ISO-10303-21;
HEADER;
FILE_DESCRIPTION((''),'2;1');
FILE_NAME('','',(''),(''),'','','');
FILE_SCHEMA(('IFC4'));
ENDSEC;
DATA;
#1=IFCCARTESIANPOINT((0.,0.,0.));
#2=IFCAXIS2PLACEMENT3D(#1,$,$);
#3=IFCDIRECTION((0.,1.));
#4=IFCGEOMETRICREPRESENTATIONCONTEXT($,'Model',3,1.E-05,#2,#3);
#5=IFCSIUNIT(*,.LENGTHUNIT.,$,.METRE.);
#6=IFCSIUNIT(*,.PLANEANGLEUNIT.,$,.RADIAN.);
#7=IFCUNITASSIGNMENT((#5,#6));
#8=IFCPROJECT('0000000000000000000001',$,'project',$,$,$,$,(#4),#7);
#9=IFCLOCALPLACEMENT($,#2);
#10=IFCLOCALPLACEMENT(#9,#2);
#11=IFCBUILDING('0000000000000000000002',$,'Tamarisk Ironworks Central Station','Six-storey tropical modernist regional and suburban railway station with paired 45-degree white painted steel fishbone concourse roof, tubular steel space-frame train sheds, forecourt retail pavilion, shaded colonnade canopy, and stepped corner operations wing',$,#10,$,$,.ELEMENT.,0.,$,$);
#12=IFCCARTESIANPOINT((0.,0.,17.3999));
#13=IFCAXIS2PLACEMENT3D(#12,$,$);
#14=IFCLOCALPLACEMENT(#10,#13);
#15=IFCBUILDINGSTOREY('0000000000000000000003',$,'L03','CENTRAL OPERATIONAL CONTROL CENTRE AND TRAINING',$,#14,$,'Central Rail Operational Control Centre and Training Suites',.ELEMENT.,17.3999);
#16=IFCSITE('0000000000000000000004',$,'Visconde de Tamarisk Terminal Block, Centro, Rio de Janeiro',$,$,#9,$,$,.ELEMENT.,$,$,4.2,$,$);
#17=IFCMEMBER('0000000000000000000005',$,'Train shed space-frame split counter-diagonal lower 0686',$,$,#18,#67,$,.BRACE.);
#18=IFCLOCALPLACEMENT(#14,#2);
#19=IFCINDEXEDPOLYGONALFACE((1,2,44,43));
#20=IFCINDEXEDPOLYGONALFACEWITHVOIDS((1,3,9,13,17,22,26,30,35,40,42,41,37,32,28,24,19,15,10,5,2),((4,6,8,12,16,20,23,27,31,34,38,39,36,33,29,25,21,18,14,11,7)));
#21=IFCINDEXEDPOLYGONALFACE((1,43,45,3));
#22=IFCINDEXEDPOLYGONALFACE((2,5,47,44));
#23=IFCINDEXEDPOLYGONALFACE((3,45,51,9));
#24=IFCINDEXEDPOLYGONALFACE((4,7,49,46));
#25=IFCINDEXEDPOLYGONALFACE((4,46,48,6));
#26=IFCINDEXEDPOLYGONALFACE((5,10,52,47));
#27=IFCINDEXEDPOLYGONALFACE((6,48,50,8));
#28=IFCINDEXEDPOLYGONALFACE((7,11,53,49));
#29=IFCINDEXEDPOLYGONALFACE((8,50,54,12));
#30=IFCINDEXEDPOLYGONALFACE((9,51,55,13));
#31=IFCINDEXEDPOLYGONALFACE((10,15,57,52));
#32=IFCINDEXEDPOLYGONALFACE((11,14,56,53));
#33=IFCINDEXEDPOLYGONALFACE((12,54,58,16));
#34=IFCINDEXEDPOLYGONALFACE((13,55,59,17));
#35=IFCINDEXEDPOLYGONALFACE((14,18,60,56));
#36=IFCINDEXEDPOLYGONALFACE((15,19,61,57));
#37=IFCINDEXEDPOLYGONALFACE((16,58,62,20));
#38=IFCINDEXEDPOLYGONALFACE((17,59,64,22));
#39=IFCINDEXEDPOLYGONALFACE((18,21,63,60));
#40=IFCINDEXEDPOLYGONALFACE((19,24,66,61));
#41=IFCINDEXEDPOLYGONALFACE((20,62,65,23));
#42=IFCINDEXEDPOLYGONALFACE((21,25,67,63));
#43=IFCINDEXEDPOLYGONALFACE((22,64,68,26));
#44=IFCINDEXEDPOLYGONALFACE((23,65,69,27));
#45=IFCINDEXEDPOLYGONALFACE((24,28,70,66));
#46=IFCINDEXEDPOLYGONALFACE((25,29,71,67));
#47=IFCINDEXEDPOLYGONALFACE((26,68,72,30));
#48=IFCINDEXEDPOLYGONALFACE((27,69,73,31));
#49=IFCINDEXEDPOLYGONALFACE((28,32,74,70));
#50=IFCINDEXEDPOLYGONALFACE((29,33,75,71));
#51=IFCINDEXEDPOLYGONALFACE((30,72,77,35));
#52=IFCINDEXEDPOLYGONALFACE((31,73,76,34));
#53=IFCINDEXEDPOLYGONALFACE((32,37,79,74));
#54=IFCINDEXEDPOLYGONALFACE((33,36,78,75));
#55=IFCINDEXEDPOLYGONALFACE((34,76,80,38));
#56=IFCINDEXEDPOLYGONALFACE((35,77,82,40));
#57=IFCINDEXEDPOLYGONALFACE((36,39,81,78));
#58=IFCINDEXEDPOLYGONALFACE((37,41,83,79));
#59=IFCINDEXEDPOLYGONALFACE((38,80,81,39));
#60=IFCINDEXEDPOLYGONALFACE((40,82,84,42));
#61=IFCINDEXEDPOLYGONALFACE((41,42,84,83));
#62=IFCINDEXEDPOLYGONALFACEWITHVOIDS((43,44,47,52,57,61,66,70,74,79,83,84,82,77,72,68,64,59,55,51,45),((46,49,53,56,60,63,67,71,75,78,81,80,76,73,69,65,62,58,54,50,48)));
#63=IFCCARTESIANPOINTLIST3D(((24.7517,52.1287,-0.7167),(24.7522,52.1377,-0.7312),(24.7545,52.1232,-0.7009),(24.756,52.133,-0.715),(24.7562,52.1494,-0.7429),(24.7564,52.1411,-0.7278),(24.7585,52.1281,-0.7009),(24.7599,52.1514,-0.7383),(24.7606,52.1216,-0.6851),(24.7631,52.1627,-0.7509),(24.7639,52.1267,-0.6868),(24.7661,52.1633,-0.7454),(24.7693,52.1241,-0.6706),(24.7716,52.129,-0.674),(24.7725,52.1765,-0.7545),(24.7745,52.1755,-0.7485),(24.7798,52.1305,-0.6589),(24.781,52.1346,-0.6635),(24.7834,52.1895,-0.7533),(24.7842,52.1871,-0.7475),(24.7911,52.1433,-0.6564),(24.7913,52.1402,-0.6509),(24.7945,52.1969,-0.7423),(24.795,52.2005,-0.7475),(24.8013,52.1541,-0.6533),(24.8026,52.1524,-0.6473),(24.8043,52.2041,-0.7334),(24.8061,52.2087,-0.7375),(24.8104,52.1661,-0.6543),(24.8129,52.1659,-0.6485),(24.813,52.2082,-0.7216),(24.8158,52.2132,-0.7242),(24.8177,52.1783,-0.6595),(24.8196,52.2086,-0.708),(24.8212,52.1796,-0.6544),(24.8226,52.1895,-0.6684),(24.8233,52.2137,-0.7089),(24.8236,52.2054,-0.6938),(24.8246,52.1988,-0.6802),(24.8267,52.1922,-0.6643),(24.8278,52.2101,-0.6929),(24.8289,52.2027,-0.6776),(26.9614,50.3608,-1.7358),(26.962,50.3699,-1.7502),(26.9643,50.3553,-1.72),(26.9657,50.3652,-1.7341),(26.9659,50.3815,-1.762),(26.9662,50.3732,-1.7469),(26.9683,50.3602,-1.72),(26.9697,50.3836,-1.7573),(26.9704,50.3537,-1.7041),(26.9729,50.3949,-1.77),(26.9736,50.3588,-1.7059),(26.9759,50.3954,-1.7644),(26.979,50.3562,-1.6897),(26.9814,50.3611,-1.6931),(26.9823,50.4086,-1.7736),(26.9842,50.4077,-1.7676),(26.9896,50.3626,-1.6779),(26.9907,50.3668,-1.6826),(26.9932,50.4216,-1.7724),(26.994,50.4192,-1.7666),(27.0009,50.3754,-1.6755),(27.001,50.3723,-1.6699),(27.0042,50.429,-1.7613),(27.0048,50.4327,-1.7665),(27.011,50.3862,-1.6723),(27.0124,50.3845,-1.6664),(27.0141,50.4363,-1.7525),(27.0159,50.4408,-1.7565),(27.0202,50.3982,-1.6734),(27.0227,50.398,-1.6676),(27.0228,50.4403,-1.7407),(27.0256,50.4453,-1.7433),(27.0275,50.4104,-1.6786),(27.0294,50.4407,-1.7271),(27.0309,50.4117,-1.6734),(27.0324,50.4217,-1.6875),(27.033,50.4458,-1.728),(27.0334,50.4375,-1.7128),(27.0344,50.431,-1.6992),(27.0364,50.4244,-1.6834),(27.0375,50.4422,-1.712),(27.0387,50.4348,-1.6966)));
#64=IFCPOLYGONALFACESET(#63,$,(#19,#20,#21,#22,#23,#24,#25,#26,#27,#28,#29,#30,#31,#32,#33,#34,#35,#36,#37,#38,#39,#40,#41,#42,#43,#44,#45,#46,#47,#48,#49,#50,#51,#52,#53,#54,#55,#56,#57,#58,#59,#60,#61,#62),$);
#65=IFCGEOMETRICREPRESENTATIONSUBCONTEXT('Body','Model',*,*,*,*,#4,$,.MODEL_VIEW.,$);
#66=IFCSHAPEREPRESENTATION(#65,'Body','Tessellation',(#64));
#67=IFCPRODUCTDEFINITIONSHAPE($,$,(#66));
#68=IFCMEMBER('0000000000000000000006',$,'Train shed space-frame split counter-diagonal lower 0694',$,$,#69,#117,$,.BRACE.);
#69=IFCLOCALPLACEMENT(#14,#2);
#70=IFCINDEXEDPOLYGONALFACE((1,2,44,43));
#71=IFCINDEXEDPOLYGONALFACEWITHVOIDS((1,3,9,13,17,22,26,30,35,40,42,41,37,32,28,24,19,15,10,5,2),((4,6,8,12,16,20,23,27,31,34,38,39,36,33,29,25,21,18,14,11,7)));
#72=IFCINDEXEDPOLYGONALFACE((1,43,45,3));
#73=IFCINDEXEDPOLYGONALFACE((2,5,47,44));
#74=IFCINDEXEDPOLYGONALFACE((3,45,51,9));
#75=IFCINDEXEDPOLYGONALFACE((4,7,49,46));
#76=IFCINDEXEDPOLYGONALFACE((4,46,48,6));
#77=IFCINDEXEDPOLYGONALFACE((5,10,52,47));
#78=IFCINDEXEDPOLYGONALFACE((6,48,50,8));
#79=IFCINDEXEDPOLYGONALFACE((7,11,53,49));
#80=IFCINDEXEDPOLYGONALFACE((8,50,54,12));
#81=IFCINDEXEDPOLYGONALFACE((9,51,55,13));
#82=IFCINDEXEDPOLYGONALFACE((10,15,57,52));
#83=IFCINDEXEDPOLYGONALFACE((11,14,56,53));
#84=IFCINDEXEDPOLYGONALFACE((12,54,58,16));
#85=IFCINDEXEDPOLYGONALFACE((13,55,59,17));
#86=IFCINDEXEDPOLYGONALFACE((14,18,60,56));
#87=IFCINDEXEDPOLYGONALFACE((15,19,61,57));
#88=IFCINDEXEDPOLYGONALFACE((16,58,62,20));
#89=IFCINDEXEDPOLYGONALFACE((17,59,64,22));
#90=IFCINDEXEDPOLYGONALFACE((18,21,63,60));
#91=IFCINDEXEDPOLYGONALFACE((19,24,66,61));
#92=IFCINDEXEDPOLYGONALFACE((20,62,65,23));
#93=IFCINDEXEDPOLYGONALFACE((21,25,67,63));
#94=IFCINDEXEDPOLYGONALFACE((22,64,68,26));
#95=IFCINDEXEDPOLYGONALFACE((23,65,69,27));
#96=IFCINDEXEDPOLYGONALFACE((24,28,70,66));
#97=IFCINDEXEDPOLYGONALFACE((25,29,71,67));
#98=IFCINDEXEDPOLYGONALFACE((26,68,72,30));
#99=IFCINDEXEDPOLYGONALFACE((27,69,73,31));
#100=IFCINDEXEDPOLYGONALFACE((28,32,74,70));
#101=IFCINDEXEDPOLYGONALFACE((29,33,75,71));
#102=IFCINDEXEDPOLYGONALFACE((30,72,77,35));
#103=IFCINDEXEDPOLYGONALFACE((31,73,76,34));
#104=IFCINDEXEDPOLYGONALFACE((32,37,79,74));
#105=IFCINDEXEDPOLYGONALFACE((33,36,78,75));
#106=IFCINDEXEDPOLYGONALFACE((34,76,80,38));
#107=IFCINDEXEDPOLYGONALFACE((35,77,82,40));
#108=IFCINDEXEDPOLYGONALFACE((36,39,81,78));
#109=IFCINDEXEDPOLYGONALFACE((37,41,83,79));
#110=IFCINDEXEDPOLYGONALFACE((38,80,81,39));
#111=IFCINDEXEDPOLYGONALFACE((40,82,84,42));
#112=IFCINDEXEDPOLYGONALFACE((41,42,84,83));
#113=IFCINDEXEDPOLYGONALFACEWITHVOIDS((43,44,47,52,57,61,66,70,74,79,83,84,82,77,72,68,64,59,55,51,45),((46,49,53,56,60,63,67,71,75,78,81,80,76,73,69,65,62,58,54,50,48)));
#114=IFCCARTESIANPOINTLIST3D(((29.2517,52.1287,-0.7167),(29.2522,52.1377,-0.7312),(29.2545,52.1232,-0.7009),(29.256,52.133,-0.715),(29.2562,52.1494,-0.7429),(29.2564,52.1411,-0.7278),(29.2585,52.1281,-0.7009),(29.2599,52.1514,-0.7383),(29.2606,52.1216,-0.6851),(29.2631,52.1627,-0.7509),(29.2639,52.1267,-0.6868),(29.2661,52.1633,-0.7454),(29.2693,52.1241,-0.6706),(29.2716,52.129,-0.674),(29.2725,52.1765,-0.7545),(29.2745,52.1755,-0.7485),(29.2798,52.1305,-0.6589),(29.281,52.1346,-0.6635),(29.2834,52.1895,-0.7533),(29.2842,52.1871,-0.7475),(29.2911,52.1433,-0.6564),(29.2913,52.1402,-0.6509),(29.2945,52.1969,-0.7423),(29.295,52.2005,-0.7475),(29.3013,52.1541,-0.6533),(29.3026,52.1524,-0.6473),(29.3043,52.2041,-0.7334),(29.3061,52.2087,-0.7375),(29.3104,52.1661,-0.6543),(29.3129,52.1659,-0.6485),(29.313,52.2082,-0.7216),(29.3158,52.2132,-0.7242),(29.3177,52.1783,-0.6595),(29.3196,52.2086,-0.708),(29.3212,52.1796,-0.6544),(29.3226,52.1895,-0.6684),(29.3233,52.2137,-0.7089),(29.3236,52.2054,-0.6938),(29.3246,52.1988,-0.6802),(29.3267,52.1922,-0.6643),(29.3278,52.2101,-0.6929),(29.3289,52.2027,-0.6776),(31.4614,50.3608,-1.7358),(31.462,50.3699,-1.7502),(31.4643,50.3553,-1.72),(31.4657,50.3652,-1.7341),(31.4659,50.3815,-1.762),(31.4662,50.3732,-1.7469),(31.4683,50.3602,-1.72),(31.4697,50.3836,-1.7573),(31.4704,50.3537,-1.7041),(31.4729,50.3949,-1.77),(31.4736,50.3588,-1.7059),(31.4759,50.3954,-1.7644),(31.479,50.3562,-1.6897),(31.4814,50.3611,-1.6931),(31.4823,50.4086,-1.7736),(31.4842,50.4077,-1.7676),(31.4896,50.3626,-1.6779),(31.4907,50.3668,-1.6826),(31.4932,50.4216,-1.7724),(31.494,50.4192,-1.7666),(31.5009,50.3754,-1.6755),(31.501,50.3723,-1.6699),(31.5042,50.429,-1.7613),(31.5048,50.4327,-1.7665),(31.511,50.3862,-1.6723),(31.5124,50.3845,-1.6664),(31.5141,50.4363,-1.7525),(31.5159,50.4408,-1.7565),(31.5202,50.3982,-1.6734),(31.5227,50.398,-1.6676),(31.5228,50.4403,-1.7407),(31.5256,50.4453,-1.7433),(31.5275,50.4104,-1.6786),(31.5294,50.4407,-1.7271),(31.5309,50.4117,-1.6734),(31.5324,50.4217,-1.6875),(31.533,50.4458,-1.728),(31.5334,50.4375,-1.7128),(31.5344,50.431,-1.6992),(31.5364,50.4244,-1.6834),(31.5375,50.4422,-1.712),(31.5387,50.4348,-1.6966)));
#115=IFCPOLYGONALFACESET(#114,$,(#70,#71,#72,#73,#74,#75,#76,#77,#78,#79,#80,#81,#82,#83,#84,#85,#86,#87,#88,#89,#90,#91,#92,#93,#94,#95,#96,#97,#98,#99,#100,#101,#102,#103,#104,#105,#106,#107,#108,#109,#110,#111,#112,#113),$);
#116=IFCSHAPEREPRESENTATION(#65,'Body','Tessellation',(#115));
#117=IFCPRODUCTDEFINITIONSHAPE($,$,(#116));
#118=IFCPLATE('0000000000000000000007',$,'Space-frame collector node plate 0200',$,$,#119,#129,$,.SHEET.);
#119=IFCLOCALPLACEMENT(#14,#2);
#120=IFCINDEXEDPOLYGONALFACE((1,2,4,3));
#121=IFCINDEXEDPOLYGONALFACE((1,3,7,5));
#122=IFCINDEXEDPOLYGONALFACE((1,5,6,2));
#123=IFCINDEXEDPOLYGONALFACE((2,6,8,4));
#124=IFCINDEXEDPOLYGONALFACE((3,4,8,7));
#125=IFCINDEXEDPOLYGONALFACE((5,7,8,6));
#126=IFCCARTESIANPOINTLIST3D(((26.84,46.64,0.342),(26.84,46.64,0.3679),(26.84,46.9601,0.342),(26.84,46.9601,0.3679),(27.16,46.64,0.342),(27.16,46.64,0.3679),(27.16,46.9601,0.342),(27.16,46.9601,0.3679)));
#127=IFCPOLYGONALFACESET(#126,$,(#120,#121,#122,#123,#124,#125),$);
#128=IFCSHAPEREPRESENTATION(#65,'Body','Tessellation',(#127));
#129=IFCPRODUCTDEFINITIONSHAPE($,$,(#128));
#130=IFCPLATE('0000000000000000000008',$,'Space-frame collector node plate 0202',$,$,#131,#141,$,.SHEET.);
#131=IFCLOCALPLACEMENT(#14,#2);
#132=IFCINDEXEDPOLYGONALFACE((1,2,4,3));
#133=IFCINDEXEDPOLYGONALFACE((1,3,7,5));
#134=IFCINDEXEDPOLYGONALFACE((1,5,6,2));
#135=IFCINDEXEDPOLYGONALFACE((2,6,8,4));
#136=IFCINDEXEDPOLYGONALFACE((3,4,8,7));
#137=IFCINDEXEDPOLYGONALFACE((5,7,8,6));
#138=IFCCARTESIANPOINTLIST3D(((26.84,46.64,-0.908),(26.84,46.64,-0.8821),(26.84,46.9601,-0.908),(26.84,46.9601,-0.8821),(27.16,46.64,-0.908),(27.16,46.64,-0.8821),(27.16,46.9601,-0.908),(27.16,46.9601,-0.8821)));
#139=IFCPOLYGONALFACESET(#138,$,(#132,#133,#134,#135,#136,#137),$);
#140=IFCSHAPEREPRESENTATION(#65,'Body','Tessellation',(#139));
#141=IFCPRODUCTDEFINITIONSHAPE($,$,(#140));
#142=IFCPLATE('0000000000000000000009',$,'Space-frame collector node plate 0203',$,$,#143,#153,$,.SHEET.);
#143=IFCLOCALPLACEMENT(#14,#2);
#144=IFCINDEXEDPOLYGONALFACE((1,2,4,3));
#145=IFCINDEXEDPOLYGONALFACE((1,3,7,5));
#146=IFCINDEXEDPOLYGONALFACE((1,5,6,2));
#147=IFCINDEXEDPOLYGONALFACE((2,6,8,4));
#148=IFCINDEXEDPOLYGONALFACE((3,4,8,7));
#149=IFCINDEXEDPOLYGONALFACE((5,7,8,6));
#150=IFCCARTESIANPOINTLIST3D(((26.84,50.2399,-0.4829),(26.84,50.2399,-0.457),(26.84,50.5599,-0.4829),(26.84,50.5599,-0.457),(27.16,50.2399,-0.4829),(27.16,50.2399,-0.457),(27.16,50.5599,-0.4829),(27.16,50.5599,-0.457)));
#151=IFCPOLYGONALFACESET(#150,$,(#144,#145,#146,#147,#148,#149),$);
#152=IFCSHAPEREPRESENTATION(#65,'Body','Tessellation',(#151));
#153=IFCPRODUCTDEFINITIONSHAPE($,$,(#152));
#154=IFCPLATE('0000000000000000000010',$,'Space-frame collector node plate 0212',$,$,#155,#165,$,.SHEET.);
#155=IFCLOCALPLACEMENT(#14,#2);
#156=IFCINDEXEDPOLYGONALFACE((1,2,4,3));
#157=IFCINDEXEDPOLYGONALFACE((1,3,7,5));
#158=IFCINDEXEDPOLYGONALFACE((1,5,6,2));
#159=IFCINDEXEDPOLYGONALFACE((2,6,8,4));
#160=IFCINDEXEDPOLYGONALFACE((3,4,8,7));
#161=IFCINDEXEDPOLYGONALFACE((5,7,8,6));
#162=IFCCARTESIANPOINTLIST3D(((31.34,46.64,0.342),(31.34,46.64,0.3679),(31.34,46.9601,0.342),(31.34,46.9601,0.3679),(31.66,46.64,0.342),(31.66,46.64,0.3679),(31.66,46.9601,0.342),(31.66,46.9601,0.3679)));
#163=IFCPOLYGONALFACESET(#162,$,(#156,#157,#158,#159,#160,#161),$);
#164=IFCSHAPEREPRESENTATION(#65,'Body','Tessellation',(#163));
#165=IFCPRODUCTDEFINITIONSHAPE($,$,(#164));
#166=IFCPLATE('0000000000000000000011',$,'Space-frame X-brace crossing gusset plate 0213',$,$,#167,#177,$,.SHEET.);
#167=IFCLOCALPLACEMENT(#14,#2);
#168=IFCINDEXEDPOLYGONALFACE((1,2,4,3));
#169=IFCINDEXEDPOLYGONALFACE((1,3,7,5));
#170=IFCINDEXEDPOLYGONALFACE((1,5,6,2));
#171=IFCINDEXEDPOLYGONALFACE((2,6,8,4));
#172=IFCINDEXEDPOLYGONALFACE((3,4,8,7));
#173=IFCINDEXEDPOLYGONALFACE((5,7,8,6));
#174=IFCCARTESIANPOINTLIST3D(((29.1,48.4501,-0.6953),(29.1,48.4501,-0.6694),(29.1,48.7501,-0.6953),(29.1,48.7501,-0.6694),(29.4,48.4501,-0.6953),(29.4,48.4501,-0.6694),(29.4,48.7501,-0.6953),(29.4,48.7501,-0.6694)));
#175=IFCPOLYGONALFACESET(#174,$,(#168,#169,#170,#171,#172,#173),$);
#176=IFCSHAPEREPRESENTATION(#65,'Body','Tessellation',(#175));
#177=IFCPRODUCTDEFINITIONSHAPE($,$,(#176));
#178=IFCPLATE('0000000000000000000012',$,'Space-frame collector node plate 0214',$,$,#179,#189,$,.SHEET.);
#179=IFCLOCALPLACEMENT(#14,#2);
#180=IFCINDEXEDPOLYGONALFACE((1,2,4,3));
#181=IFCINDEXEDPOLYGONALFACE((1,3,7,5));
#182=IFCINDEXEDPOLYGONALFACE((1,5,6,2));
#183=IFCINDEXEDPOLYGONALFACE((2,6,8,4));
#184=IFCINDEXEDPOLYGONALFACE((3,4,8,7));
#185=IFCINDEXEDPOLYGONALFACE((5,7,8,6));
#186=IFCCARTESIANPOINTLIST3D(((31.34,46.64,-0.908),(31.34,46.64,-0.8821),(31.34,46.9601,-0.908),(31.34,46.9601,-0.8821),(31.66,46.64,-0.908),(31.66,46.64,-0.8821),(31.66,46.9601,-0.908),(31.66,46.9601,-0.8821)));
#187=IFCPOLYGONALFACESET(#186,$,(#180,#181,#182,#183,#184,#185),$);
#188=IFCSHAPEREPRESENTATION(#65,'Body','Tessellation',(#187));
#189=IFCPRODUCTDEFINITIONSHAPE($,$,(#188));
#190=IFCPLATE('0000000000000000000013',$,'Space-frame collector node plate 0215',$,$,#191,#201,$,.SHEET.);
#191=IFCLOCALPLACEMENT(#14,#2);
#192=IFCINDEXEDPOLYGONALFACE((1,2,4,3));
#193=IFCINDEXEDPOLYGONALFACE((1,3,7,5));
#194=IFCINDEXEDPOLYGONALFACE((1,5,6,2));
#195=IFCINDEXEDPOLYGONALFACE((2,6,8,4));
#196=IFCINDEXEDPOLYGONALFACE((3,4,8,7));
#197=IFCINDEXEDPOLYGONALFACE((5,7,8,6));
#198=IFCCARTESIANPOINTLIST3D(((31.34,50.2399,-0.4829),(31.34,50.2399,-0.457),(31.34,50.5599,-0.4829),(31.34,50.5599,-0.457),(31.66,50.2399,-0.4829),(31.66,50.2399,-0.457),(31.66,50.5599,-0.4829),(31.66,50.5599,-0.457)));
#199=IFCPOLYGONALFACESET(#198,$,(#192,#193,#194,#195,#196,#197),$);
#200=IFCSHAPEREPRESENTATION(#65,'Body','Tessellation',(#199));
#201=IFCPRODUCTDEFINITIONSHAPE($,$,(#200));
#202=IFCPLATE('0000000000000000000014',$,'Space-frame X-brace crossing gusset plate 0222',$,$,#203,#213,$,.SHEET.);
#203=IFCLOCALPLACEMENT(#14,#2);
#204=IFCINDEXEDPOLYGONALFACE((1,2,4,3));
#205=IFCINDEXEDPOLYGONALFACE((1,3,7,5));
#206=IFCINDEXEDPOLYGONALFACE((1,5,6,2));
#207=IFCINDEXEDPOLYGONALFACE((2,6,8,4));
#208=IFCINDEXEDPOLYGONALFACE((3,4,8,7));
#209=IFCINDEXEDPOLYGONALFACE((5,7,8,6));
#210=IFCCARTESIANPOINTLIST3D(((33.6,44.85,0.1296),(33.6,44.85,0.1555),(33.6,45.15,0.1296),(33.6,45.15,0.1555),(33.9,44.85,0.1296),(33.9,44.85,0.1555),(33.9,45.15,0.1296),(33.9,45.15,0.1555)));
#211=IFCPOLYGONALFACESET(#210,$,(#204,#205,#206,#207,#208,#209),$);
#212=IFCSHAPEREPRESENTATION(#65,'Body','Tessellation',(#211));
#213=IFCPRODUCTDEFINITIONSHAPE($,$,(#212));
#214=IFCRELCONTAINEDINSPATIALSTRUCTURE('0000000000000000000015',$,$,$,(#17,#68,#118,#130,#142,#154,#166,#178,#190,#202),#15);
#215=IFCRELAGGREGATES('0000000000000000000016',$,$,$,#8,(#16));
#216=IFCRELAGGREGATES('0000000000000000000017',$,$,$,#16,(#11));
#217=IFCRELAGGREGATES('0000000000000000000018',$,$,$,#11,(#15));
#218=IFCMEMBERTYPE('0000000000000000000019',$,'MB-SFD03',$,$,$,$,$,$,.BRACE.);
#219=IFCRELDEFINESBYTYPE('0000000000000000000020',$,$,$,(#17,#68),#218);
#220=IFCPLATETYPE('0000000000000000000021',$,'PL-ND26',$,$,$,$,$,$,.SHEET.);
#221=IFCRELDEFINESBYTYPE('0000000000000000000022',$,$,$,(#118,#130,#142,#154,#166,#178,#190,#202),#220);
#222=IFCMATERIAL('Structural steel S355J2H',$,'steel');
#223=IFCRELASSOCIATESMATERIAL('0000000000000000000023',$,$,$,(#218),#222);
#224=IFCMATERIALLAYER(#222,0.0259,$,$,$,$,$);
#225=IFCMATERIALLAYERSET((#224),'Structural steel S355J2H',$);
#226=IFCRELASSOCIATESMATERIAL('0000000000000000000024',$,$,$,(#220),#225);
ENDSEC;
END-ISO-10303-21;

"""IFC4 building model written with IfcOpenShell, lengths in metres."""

from ifc_helpers import new_model, si_unit, direction, frame, origin, origin_2d, place, context, subcontext, project, spatial, rectangle, hollow_circle, extrude, material, layer, layer_set, material_profile, profile_set, type_object, element, save


model = new_model("IFC4")

# Units and contexts
model_context = context("Model", 3, precision=1e-05, world=origin(), true_north=direction((0.0, 1.0)))
body_context = subcontext(model_context, "Body", "Model", "MODEL_VIEW")
ifc_project = project(units=[si_unit("LENGTHUNIT", "METRE"), si_unit("PLANEANGLEUNIT", "RADIAN")], contexts=[model_context])

# Site, building, storey
site_placement = place(None, origin())
site = spatial("IfcSite", under=ifc_project, at=site_placement, Name="Visconde de Tamarisk Terminal Block, Centro, Rio de Janeiro", CompositionType="ELEMENT", RefElevation=4.2)
building_placement = place(site_placement, origin())
building = spatial("IfcBuilding", under=site, at=building_placement, Name="Tamarisk Ironworks Central Station", Description="Six-storey tropical modernist regional and suburban railway station with paired 45-degree white painted steel fishbone concourse roof, tubular steel space-frame train sheds, forecourt retail pavilion, shaded colonnade canopy, and stepped corner operations wing", CompositionType="ELEMENT", ElevationOfRefHeight=0.0)
storey_placement = place(building_placement, frame((0.0, 0.0, 17.3999)))
storey = spatial("IfcBuildingStorey", under=building, at=storey_placement, Name="L03", Description="CENTRAL OPERATIONAL CONTROL CENTRE AND TRAINING", LongName="Central Rail Operational Control Centre and Training Suites", CompositionType="ELEMENT", Elevation=17.3999)

# Members
ifc_material_1 = material(Name="Structural steel S355J2H", Category="steel")
ifc_material_profile_1 = material_profile(ifc_material_1, hollow_circle(Radius=0.0571, WallThickness=0.0063, at=origin_2d()), Name="CHS 114.3x6.3")
ifc_profile_set_1 = profile_set([ifc_material_profile_1], Name="Structural steel S355J2H")
member_type_1 = type_object("IfcMemberType", Name="MB-SFD03", PredefinedType="BRACE", material=ifc_profile_set_1)
for number, where, z_axis, x_axis, name in (
    (1, (27.0, 50.3999, -1.72), (-0.734677, 0.587758, 0.338807), (-0.624706, -0.78086, 0.0), "Train shed space-frame split counter-diagonal lower 0686"),
    (2, (31.5, 50.3999, -1.72), (-0.734677, 0.587758, 0.338807), (-0.624706, -0.78086, 0.0), "Train shed space-frame split counter-diagonal lower 0694"),
):
    element("IfcMember", number, at=place(storey_placement, frame(where, z_axis=z_axis, x_axis=x_axis)), inside=storey, type_object=member_type_1, Name=name, PredefinedType="BRACE", context=body_context, shape_type="SweptSolid", body=[
        extrude(hollow_circle(Radius=0.0571, WallThickness=0.0063, at=origin_2d()), origin(), (0.0, 0.0, 1.0), 3.0078),
    ])

# Plates
ifc_layer = layer(ifc_material_1, 0.0259)
ifc_layer_set = layer_set([ifc_layer], Name="Structural steel S355J2H")
plate_type = type_object("IfcPlateType", Name="PL-ND26", PredefinedType="SHEET", material=ifc_layer_set)
for number, where, z_axis, x_axis, name in (
    (3, (27.0, 46.8, 0.342), (0.0, 0.0, 1.0), (1.0, 0.0, 0.0), "Space-frame collector node plate 0200"),
    (4, (27.0, 46.8, -0.908), (0.0, 0.0, 1.0), (1.0, 0.0, 0.0), "Space-frame collector node plate 0202"),
    (5, (27.0, 50.3999, -0.4829), (0.0, 0.0, 1.0), (1.0, 0.0, 0.0), "Space-frame collector node plate 0203"),
    (6, (31.5, 46.8, 0.342), (0.0, 0.0, 1.0), (1.0, 0.0, 0.0), "Space-frame collector node plate 0212"),
):
    element("IfcPlate", number, at=place(storey_placement, frame(where, z_axis=z_axis, x_axis=x_axis)), inside=storey, type_object=plate_type, Name=name, PredefinedType="SHEET", context=body_context, shape_type="SweptSolid", body=[
        extrude(rectangle(XDim=0.3201, YDim=0.3201, at=origin_2d()), origin(), (0.0, 0.0, 1.0), 0.0259),
    ])
plate_placement = place(storey_placement, frame((29.25, 48.6001, -0.6953), z_axis=(0.0, 0.0, 1.0), x_axis=(1.0, 0.0, 0.0)))
element("IfcPlate", 7, at=plate_placement, inside=storey, type_object=plate_type, Name="Space-frame X-brace crossing gusset plate 0213", PredefinedType="SHEET", context=body_context, shape_type="SweptSolid", body=[
    extrude(rectangle(XDim=0.3, YDim=0.3, at=origin_2d()), origin(), (0.0, 0.0, 1.0), 0.0259),
])
for number, where, z_axis, x_axis, name in (
    (8, (31.5, 46.8, -0.908), (0.0, 0.0, 1.0), (1.0, 0.0, 0.0), "Space-frame collector node plate 0214"),
    (9, (31.5, 50.3999, -0.4829), (0.0, 0.0, 1.0), (1.0, 0.0, 0.0), "Space-frame collector node plate 0215"),
):
    element("IfcPlate", number, at=place(storey_placement, frame(where, z_axis=z_axis, x_axis=x_axis)), inside=storey, type_object=plate_type, Name=name, PredefinedType="SHEET", context=body_context, shape_type="SweptSolid", body=[
        extrude(rectangle(XDim=0.3201, YDim=0.3201, at=origin_2d()), origin(), (0.0, 0.0, 1.0), 0.0259),
    ])
for number, where, z_axis, x_axis, name in (
    (10, (33.75, 45.0, 0.1296), (0.0, 0.0, 1.0), (1.0, 0.0, 0.0), "Space-frame X-brace crossing gusset plate 0222"),
):
    element("IfcPlate", number, at=place(storey_placement, frame(where, z_axis=z_axis, x_axis=x_axis)), inside=storey, type_object=plate_type, Name=name, PredefinedType="SHEET", context=body_context, shape_type="SweptSolid", body=[
        extrude(rectangle(XDim=0.3, YDim=0.3, at=origin_2d()), origin(), (0.0, 0.0, 1.0), 0.0259),
    ])

save(model, "model.ifc")
